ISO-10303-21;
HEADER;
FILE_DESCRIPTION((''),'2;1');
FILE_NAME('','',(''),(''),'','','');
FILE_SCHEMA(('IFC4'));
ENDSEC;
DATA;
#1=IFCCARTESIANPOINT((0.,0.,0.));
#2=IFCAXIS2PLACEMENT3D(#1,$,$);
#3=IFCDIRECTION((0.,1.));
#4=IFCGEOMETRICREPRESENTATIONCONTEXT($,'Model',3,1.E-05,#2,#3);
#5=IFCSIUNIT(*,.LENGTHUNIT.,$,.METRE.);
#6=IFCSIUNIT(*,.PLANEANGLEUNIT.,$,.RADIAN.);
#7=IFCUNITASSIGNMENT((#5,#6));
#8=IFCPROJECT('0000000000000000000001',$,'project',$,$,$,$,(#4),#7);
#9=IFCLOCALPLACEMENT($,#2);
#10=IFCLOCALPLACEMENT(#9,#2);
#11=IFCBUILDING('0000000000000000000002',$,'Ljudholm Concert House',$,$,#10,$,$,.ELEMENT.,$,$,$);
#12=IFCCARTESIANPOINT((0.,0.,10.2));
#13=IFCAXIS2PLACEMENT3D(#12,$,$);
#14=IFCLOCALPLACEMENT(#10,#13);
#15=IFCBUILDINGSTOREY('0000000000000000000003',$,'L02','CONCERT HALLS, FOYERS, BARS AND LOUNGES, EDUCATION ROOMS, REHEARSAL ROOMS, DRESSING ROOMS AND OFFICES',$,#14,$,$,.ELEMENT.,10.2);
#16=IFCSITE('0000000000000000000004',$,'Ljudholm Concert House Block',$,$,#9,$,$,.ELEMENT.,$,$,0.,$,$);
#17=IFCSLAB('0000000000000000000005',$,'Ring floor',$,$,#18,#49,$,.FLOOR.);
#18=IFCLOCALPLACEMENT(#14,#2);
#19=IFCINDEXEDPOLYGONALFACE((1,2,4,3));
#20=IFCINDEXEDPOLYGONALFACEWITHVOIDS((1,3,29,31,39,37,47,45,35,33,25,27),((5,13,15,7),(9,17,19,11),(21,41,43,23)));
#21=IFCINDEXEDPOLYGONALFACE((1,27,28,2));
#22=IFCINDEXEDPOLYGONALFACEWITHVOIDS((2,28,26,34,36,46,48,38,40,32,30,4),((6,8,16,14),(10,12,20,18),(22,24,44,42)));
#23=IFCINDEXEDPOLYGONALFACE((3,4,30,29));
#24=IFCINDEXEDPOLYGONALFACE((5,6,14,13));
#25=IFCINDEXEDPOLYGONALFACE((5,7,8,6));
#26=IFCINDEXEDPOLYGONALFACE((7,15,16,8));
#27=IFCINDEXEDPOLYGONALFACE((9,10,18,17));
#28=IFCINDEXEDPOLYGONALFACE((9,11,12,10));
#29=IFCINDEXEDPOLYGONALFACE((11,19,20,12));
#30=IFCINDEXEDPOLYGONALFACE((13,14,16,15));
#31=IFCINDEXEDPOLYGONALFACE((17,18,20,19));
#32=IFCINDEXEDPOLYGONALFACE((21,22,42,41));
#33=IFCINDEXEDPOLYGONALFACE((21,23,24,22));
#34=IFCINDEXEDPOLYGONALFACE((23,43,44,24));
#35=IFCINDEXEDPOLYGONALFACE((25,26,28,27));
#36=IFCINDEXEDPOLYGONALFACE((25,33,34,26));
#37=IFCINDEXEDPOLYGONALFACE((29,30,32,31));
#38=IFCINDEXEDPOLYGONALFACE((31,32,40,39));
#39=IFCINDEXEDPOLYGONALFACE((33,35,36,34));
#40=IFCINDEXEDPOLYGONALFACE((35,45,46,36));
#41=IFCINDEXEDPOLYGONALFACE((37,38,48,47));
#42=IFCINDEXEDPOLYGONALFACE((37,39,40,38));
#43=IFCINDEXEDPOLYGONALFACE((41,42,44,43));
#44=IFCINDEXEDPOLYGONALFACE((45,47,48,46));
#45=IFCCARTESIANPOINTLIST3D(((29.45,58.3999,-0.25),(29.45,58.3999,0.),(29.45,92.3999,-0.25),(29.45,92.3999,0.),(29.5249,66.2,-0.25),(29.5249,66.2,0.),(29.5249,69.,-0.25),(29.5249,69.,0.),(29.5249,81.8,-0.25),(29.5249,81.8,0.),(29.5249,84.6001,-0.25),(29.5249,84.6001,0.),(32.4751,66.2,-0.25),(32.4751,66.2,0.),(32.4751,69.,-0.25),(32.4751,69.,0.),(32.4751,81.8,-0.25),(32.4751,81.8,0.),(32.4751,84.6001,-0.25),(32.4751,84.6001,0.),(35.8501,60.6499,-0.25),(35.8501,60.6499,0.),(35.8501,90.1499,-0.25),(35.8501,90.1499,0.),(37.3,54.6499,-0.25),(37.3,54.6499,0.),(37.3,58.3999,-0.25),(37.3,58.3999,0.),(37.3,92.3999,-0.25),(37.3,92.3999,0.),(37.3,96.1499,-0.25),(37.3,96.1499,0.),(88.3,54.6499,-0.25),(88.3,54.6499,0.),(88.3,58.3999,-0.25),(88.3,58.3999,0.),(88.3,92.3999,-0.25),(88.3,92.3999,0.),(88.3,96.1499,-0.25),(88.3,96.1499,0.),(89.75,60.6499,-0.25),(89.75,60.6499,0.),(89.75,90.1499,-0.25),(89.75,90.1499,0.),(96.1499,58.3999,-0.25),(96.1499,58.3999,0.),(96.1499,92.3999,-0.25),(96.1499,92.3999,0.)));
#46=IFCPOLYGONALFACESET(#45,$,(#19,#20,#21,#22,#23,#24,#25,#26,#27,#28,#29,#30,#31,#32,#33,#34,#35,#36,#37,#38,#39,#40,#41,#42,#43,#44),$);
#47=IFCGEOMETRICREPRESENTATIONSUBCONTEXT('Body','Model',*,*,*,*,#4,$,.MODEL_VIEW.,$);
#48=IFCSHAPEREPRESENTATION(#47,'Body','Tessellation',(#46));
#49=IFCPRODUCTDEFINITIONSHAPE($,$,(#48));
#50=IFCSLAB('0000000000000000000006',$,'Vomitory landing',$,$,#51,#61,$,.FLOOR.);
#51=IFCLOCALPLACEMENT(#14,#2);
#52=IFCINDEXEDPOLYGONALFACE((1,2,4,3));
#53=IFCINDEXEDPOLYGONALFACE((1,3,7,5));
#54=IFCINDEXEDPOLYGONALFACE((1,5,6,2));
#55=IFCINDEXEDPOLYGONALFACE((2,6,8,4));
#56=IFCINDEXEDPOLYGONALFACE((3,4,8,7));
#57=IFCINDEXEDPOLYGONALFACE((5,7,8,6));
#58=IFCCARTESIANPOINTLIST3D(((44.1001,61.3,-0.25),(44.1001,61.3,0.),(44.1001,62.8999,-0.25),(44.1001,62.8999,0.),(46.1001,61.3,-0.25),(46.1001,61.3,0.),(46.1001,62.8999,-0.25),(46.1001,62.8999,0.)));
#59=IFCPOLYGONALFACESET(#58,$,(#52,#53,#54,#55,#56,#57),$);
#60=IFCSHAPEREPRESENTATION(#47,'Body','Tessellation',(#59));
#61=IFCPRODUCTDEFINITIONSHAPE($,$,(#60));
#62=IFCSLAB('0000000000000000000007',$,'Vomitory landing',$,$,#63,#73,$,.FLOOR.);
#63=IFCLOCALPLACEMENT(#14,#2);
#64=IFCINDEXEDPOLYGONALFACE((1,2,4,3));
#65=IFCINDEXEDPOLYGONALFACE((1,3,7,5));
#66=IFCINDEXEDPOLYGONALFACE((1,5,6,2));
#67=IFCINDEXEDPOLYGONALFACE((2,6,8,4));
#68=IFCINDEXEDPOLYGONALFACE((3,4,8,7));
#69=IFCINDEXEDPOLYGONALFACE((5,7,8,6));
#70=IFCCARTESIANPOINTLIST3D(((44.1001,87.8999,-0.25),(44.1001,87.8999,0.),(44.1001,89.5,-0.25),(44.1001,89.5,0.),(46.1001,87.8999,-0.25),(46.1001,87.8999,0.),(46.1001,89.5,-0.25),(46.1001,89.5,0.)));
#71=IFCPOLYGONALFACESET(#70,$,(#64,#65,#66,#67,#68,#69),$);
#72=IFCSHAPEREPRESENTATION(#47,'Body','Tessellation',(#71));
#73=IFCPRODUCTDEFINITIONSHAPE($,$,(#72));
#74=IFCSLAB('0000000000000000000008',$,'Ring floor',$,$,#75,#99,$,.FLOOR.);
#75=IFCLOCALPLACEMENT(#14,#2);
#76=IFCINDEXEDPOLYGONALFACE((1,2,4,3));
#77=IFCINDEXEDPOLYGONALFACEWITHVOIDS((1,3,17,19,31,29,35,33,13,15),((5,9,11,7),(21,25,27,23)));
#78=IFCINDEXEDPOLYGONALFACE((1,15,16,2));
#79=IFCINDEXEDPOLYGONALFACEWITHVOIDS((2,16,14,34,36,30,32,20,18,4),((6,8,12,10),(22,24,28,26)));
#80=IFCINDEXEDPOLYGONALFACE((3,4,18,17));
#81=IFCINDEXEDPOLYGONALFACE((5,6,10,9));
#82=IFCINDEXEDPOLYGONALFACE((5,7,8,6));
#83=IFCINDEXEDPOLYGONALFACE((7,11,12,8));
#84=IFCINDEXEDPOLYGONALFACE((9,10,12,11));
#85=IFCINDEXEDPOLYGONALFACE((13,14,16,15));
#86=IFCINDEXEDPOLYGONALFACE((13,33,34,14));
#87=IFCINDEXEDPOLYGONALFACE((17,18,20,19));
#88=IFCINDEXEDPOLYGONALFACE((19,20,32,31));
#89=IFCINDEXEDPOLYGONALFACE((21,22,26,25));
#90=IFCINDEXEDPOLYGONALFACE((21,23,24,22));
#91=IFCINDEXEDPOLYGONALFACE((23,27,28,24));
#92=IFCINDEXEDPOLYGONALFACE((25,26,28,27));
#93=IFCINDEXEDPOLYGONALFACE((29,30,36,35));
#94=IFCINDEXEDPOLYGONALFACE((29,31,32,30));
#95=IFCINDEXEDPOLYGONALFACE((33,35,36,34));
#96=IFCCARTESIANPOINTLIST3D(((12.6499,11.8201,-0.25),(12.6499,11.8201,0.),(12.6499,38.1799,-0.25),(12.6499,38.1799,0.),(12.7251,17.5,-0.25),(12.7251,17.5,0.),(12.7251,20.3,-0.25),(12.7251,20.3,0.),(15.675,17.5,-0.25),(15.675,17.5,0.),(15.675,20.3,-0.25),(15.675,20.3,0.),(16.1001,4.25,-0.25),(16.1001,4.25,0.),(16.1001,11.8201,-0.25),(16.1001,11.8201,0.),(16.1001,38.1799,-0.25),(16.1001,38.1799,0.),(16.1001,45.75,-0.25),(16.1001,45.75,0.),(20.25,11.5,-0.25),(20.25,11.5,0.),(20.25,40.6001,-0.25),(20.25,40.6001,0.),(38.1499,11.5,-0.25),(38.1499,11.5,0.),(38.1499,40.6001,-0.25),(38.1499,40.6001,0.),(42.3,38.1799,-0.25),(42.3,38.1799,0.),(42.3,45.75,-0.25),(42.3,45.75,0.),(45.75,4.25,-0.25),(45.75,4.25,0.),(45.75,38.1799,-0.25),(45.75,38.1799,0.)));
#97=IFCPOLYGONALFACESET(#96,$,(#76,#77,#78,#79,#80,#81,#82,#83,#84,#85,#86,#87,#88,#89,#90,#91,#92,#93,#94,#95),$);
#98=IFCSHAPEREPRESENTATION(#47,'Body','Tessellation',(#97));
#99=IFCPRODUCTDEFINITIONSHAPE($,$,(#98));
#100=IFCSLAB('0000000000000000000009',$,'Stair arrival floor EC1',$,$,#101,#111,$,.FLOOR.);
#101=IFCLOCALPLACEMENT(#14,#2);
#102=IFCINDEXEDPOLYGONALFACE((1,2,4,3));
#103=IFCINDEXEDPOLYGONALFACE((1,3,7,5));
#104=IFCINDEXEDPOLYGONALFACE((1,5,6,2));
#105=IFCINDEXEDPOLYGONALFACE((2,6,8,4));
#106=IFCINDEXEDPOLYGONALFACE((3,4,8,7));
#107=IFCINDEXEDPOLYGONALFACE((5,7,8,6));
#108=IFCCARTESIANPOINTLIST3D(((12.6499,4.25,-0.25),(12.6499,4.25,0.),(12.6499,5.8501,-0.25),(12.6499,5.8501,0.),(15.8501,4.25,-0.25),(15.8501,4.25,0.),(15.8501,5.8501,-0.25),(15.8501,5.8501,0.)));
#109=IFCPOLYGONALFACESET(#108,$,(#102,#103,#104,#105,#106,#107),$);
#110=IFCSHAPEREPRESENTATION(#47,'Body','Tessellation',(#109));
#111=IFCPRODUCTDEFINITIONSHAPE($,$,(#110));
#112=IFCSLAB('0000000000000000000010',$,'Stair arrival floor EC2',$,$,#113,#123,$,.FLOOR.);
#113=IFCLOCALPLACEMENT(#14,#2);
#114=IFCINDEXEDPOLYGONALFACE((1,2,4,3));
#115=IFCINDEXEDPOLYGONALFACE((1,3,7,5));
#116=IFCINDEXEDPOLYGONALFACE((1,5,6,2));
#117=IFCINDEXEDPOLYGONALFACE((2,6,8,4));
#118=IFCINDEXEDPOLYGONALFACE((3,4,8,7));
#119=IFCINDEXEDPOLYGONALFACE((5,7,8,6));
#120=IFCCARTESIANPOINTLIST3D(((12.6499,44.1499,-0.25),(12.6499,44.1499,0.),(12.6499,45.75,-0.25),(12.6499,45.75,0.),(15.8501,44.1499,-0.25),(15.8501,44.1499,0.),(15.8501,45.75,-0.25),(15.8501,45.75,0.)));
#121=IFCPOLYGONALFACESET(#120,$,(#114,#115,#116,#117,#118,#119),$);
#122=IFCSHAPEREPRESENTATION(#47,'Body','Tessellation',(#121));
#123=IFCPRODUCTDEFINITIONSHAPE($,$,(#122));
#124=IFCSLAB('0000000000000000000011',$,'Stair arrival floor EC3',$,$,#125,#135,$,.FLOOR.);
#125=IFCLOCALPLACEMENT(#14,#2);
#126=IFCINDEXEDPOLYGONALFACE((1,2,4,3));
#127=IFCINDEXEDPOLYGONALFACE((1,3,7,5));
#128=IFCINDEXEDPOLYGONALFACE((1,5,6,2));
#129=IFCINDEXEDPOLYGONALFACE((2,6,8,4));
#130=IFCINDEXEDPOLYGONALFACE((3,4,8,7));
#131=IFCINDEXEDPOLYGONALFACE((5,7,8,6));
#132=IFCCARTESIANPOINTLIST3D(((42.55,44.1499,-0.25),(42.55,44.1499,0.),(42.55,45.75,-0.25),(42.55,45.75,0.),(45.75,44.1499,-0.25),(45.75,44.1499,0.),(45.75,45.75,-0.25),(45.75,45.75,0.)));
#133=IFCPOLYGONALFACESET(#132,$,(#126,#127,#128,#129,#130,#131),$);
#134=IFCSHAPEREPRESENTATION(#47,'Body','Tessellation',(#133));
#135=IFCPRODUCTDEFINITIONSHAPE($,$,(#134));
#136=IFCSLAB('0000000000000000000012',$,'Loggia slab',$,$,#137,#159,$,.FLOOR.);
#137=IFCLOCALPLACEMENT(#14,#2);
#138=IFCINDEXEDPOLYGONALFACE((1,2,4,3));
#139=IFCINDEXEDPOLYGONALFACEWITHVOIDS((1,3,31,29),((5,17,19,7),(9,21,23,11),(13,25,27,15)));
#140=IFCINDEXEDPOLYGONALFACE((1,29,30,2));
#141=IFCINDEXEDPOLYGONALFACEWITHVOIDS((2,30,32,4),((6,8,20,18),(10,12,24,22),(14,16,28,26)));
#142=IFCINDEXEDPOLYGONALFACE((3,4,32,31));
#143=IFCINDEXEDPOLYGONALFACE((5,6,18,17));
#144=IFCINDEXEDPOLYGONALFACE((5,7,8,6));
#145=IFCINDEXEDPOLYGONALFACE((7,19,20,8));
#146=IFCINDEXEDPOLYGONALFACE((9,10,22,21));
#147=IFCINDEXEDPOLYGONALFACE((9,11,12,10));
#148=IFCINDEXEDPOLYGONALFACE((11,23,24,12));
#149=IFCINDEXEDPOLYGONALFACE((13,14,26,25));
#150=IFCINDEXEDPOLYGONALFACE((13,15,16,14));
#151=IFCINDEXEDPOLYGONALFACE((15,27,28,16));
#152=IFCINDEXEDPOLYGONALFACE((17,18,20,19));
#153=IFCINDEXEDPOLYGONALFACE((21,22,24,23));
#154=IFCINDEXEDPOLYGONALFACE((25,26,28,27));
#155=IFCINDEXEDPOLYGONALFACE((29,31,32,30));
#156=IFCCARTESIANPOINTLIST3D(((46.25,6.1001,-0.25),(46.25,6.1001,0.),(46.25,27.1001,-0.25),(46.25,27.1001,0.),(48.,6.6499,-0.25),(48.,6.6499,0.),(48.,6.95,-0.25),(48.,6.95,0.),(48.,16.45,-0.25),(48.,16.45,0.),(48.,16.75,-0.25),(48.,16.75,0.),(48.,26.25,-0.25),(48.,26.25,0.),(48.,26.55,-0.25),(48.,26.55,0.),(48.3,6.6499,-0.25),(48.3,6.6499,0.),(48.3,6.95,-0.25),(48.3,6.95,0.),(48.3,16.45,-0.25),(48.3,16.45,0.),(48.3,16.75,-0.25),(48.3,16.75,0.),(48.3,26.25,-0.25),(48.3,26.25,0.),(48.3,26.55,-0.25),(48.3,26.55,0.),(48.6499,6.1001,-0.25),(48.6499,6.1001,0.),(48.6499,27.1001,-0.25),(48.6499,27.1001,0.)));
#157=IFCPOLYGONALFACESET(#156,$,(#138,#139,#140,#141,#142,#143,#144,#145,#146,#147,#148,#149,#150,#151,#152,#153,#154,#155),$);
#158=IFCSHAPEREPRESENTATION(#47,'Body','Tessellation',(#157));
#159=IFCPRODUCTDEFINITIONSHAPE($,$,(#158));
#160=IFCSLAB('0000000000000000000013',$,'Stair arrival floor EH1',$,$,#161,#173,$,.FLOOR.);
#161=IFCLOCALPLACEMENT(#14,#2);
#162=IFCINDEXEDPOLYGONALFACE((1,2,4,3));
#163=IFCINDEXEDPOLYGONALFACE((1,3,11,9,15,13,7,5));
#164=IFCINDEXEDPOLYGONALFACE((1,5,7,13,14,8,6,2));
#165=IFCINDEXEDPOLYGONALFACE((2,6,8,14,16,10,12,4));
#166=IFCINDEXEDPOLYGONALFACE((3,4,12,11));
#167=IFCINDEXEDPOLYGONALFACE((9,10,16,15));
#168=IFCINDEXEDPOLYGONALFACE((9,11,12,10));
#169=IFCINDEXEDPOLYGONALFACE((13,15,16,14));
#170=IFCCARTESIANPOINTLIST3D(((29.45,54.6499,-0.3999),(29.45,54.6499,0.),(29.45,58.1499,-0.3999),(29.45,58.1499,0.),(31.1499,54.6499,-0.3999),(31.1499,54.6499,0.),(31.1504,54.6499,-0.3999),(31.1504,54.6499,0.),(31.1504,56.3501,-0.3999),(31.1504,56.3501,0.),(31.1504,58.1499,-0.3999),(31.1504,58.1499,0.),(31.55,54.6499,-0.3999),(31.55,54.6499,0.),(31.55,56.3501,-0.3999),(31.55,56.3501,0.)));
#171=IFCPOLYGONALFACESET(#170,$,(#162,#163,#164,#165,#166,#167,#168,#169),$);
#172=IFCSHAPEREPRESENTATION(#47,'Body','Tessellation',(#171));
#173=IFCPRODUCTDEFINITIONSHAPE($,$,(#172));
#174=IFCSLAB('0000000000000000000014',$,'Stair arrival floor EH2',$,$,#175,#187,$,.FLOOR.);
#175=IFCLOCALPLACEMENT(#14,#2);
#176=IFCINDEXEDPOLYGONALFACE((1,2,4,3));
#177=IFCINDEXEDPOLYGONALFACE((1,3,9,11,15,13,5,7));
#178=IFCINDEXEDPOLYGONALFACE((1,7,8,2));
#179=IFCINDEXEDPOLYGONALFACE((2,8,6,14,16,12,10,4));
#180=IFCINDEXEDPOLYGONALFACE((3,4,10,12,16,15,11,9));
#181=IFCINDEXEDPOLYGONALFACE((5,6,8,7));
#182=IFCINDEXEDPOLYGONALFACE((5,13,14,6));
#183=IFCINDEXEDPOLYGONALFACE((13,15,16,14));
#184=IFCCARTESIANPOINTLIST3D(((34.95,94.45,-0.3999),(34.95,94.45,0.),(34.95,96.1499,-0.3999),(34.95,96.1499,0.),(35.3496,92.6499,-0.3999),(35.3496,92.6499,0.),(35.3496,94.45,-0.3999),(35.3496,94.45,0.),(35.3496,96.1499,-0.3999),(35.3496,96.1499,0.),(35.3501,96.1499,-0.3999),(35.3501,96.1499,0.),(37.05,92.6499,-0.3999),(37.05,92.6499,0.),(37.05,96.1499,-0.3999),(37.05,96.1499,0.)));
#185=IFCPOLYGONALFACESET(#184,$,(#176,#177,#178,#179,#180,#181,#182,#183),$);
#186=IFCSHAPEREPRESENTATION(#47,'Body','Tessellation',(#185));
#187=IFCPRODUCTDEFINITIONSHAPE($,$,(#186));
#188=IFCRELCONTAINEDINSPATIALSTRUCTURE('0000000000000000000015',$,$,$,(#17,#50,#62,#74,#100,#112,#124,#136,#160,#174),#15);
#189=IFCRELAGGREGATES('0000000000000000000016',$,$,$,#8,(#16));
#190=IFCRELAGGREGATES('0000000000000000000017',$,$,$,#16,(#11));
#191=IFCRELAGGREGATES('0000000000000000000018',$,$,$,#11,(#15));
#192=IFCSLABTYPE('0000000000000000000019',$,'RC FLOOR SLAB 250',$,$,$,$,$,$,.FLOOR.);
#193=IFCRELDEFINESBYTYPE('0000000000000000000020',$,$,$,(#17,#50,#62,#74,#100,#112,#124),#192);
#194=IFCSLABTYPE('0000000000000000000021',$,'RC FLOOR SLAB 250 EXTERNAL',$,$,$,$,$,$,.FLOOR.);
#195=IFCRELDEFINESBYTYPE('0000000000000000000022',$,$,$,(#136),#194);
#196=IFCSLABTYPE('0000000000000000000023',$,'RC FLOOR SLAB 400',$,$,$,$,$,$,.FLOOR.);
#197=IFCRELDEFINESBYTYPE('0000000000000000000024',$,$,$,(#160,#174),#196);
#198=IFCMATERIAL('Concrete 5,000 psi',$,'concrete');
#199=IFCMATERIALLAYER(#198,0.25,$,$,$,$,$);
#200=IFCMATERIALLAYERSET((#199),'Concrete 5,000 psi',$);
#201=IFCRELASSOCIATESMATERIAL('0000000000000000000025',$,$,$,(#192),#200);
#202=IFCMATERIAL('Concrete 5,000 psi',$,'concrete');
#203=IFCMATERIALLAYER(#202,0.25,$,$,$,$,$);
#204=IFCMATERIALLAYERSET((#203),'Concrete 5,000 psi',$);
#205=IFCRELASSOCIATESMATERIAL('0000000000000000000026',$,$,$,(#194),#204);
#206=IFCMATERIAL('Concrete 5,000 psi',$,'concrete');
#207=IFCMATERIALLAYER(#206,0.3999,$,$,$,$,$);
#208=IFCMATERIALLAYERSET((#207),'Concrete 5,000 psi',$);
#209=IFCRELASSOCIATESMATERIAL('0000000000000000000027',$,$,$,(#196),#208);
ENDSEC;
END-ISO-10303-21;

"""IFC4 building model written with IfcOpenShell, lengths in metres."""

from ifc_helpers import new_model, si_unit, direction, frame, origin, place, context, subcontext, project, spatial, polyline, outline, extrude, material, layer, layer_set, type_object, element, save


model = new_model("IFC4")

# Units and contexts
model_context = context("Model", 3, precision=1e-05, world=origin(), true_north=direction((0.0, 1.0)))
body_context = subcontext(model_context, "Body", "Model", "MODEL_VIEW")
ifc_project = project(units=[si_unit("LENGTHUNIT", "METRE"), si_unit("PLANEANGLEUNIT", "RADIAN")], contexts=[model_context])

# Site, building, storey
site_placement = place(None, origin())
site = spatial("IfcSite", under=ifc_project, at=site_placement, Name="Ljudholm Concert House Block", CompositionType="ELEMENT", RefElevation=0.0)
building_placement = place(site_placement, origin())
building = spatial("IfcBuilding", under=site, at=building_placement, Name="Ljudholm Concert House", CompositionType="ELEMENT")
storey_placement = place(building_placement, frame((0.0, 0.0, 10.2)))
storey = spatial("IfcBuildingStorey", under=building, at=storey_placement, Name="L02", Description="CONCERT HALLS, FOYERS, BARS AND LOUNGES, EDUCATION ROOMS, REHEARSAL ROOMS, DRESSING ROOMS AND OFFICES", CompositionType="ELEMENT", Elevation=10.2)

# Slabs
ifc_material_1 = material(Name="Concrete 5,000 psi", Category="concrete")
ifc_layer_1 = layer(ifc_material_1, 0.25)
ifc_layer_set_1 = layer_set([ifc_layer_1], Name="Concrete 5,000 psi")
slab_type_1 = type_object("IfcSlabType", Name="RC FLOOR SLAB 250", PredefinedType="FLOOR", material=ifc_layer_set_1)
slab_1_placement = place(storey_placement, frame((0.0, 0.0, -0.25)))
element("IfcSlab", 1, at=slab_1_placement, inside=storey, type_object=slab_type_1, Name="Ring floor", PredefinedType="FLOOR", context=body_context, shape_type="SweptSolid", body=[
    extrude(outline(polyline([(96.1499, 58.3999), (88.3, 58.3999), (88.3, 54.6499), (37.3, 54.6499), (37.3, 58.3999), (29.45, 58.3999), (29.45, 92.3999), (37.3, 92.3999), (37.3, 96.1499), (88.3, 96.1499), (88.3, 92.3999), (96.1499, 92.3999), (96.1499, 58.3999)]), holes=[polyline([(29.5249, 69.0), (29.5249, 66.2), (32.4751, 66.2), (32.4751, 69.0), (29.5249, 69.0)]), polyline([(35.8501, 90.1499), (35.8501, 60.6499), (89.75, 60.6499), (89.75, 90.1499), (35.8501, 90.1499)]), polyline([(29.5249, 84.6001), (29.5249, 81.8), (32.4751, 81.8), (32.4751, 84.6001), (29.5249, 84.6001)])]), origin(), (0.0, 0.0, 1.0), 0.25),
])
slab_2_placement = place(storey_placement, frame((0.0, 0.0, -0.25)))
element("IfcSlab", 2, at=slab_2_placement, inside=storey, type_object=slab_type_1, Name="Vomitory landing", PredefinedType="FLOOR", context=body_context, shape_type="SweptSolid", body=[
    extrude(outline(polyline([(44.1001, 61.3), (46.1001, 61.3), (46.1001, 62.8999), (44.1001, 62.8999), (44.1001, 61.3)])), origin(), (0.0, 0.0, 1.0), 0.25),
])
slab_3_placement = place(storey_placement, frame((0.0, 0.0, -0.25)))
element("IfcSlab", 3, at=slab_3_placement, inside=storey, type_object=slab_type_1, Name="Vomitory landing", PredefinedType="FLOOR", context=body_context, shape_type="SweptSolid", body=[
    extrude(outline(polyline([(44.1001, 87.8999), (46.1001, 87.8999), (46.1001, 89.5), (44.1001, 89.5), (44.1001, 87.8999)])), origin(), (0.0, 0.0, 1.0), 0.25),
])
slab_4_placement = place(storey_placement, frame((0.0, 0.0, -0.25)))
element("IfcSlab", 4, at=slab_4_placement, inside=storey, type_object=slab_type_1, Name="Ring floor", PredefinedType="FLOOR", context=body_context, shape_type="SweptSolid", body=[
    extrude(outline(polyline([(45.75, 4.25), (16.1001, 4.25), (16.1001, 11.8201), (12.6499, 11.8201), (12.6499, 38.1799), (16.1001, 38.1799), (16.1001, 45.75), (42.3, 45.75), (42.3, 38.1799), (45.75, 38.1799), (45.75, 4.25)]), holes=[polyline([(12.7251, 17.5), (15.675, 17.5), (15.675, 20.3), (12.7251, 20.3), (12.7251, 17.5)]), polyline([(20.25, 11.5), (38.1499, 11.5), (38.1499, 40.6001), (20.25, 40.6001), (20.25, 11.5)])]), origin(), (0.0, 0.0, 1.0), 0.25),
])
slab_5_placement = place(storey_placement, frame((0.0, 0.0, -0.25)))
element("IfcSlab", 5, at=slab_5_placement, inside=storey, type_object=slab_type_1, Name="Stair arrival floor EC1", PredefinedType="FLOOR", context=body_context, shape_type="SweptSolid", body=[
    extrude(outline(polyline([(12.6499, 4.25), (15.8501, 4.25), (15.8501, 5.8501), (12.6499, 5.8501), (12.6499, 4.25)])), origin(), (0.0, 0.0, 1.0), 0.25),
])
slab_6_placement = place(storey_placement, frame((0.0, 0.0, -0.25)))
element("IfcSlab", 6, at=slab_6_placement, inside=storey, type_object=slab_type_1, Name="Stair arrival floor EC2", PredefinedType="FLOOR", context=body_context, shape_type="SweptSolid", body=[
    extrude(outline(polyline([(12.6499, 44.1499), (15.8501, 44.1499), (15.8501, 45.75), (12.6499, 45.75), (12.6499, 44.1499)])), origin(), (0.0, 0.0, 1.0), 0.25),
])
slab_7_placement = place(storey_placement, frame((0.0, 0.0, -0.25)))
element("IfcSlab", 7, at=slab_7_placement, inside=storey, type_object=slab_type_1, Name="Stair arrival floor EC3", PredefinedType="FLOOR", context=body_context, shape_type="SweptSolid", body=[
    extrude(outline(polyline([(42.55, 44.1499), (45.75, 44.1499), (45.75, 45.75), (42.55, 45.75), (42.55, 44.1499)])), origin(), (0.0, 0.0, 1.0), 0.25),
])
ifc_material_2 = material(Name="Concrete 5,000 psi", Category="concrete")
ifc_layer_2 = layer(ifc_material_2, 0.25)
ifc_layer_set_2 = layer_set([ifc_layer_2], Name="Concrete 5,000 psi")
slab_type_2 = type_object("IfcSlabType", Name="RC FLOOR SLAB 250 EXTERNAL", PredefinedType="FLOOR", material=ifc_layer_set_2)
slab_8_placement = place(storey_placement, frame((0.0, 0.0, -0.25)))
element("IfcSlab", 8, at=slab_8_placement, inside=storey, type_object=slab_type_2, Name="Loggia slab", PredefinedType="FLOOR", context=body_context, shape_type="SweptSolid", body=[
    extrude(outline(polyline([(46.25, 6.1001), (48.6499, 6.1001), (48.6499, 27.1001), (46.25, 27.1001), (46.25, 6.1001)]), holes=[polyline([(48.0, 6.6499), (48.3, 6.6499), (48.3, 6.95), (48.0, 6.95), (48.0, 6.6499)]), polyline([(48.0, 16.45), (48.3, 16.45), (48.3, 16.75), (48.0, 16.75), (48.0, 16.45)]), polyline([(48.0, 26.25), (48.3, 26.25), (48.3, 26.55), (48.0, 26.55), (48.0, 26.25)])]), origin(), (0.0, 0.0, 1.0), 0.25),
])
ifc_material_3 = material(Name="Concrete 5,000 psi", Category="concrete")
ifc_layer_3 = layer(ifc_material_3, 0.3999)
ifc_layer_set_3 = layer_set([ifc_layer_3], Name="Concrete 5,000 psi")
slab_type_3 = type_object("IfcSlabType", Name="RC FLOOR SLAB 400", PredefinedType="FLOOR", material=ifc_layer_set_3)
slab_9_placement = place(storey_placement, frame((0.0, 0.0, -0.3999)))
element("IfcSlab", 9, at=slab_9_placement, inside=storey, type_object=slab_type_3, Name="Stair arrival floor EH1", PredefinedType="FLOOR", context=body_context, shape_type="SweptSolid", body=[
    extrude(outline(polyline([(29.45, 54.6499), (29.45, 58.1499), (31.1504, 58.1499), (31.1504, 56.3501), (31.55, 56.3501), (31.55, 54.6499), (31.1504, 54.6499), (31.1499, 54.6499), (29.45, 54.6499)])), origin(), (0.0, 0.0, 1.0), 0.3999),
])
slab_10_placement = place(storey_placement, frame((0.0, 0.0, -0.3999)))
element("IfcSlab", 10, at=slab_10_placement, inside=storey, type_object=slab_type_3, Name="Stair arrival floor EH2", PredefinedType="FLOOR", context=body_context, shape_type="SweptSolid", body=[
    extrude(outline(polyline([(37.05, 96.1499), (37.05, 92.6499), (35.3496, 92.6499), (35.3496, 94.45), (34.95, 94.45), (34.95, 96.1499), (35.3496, 96.1499), (35.3501, 96.1499), (37.05, 96.1499)])), origin(), (0.0, 0.0, 1.0), 0.3999),
])

save(model, "model.ifc")
